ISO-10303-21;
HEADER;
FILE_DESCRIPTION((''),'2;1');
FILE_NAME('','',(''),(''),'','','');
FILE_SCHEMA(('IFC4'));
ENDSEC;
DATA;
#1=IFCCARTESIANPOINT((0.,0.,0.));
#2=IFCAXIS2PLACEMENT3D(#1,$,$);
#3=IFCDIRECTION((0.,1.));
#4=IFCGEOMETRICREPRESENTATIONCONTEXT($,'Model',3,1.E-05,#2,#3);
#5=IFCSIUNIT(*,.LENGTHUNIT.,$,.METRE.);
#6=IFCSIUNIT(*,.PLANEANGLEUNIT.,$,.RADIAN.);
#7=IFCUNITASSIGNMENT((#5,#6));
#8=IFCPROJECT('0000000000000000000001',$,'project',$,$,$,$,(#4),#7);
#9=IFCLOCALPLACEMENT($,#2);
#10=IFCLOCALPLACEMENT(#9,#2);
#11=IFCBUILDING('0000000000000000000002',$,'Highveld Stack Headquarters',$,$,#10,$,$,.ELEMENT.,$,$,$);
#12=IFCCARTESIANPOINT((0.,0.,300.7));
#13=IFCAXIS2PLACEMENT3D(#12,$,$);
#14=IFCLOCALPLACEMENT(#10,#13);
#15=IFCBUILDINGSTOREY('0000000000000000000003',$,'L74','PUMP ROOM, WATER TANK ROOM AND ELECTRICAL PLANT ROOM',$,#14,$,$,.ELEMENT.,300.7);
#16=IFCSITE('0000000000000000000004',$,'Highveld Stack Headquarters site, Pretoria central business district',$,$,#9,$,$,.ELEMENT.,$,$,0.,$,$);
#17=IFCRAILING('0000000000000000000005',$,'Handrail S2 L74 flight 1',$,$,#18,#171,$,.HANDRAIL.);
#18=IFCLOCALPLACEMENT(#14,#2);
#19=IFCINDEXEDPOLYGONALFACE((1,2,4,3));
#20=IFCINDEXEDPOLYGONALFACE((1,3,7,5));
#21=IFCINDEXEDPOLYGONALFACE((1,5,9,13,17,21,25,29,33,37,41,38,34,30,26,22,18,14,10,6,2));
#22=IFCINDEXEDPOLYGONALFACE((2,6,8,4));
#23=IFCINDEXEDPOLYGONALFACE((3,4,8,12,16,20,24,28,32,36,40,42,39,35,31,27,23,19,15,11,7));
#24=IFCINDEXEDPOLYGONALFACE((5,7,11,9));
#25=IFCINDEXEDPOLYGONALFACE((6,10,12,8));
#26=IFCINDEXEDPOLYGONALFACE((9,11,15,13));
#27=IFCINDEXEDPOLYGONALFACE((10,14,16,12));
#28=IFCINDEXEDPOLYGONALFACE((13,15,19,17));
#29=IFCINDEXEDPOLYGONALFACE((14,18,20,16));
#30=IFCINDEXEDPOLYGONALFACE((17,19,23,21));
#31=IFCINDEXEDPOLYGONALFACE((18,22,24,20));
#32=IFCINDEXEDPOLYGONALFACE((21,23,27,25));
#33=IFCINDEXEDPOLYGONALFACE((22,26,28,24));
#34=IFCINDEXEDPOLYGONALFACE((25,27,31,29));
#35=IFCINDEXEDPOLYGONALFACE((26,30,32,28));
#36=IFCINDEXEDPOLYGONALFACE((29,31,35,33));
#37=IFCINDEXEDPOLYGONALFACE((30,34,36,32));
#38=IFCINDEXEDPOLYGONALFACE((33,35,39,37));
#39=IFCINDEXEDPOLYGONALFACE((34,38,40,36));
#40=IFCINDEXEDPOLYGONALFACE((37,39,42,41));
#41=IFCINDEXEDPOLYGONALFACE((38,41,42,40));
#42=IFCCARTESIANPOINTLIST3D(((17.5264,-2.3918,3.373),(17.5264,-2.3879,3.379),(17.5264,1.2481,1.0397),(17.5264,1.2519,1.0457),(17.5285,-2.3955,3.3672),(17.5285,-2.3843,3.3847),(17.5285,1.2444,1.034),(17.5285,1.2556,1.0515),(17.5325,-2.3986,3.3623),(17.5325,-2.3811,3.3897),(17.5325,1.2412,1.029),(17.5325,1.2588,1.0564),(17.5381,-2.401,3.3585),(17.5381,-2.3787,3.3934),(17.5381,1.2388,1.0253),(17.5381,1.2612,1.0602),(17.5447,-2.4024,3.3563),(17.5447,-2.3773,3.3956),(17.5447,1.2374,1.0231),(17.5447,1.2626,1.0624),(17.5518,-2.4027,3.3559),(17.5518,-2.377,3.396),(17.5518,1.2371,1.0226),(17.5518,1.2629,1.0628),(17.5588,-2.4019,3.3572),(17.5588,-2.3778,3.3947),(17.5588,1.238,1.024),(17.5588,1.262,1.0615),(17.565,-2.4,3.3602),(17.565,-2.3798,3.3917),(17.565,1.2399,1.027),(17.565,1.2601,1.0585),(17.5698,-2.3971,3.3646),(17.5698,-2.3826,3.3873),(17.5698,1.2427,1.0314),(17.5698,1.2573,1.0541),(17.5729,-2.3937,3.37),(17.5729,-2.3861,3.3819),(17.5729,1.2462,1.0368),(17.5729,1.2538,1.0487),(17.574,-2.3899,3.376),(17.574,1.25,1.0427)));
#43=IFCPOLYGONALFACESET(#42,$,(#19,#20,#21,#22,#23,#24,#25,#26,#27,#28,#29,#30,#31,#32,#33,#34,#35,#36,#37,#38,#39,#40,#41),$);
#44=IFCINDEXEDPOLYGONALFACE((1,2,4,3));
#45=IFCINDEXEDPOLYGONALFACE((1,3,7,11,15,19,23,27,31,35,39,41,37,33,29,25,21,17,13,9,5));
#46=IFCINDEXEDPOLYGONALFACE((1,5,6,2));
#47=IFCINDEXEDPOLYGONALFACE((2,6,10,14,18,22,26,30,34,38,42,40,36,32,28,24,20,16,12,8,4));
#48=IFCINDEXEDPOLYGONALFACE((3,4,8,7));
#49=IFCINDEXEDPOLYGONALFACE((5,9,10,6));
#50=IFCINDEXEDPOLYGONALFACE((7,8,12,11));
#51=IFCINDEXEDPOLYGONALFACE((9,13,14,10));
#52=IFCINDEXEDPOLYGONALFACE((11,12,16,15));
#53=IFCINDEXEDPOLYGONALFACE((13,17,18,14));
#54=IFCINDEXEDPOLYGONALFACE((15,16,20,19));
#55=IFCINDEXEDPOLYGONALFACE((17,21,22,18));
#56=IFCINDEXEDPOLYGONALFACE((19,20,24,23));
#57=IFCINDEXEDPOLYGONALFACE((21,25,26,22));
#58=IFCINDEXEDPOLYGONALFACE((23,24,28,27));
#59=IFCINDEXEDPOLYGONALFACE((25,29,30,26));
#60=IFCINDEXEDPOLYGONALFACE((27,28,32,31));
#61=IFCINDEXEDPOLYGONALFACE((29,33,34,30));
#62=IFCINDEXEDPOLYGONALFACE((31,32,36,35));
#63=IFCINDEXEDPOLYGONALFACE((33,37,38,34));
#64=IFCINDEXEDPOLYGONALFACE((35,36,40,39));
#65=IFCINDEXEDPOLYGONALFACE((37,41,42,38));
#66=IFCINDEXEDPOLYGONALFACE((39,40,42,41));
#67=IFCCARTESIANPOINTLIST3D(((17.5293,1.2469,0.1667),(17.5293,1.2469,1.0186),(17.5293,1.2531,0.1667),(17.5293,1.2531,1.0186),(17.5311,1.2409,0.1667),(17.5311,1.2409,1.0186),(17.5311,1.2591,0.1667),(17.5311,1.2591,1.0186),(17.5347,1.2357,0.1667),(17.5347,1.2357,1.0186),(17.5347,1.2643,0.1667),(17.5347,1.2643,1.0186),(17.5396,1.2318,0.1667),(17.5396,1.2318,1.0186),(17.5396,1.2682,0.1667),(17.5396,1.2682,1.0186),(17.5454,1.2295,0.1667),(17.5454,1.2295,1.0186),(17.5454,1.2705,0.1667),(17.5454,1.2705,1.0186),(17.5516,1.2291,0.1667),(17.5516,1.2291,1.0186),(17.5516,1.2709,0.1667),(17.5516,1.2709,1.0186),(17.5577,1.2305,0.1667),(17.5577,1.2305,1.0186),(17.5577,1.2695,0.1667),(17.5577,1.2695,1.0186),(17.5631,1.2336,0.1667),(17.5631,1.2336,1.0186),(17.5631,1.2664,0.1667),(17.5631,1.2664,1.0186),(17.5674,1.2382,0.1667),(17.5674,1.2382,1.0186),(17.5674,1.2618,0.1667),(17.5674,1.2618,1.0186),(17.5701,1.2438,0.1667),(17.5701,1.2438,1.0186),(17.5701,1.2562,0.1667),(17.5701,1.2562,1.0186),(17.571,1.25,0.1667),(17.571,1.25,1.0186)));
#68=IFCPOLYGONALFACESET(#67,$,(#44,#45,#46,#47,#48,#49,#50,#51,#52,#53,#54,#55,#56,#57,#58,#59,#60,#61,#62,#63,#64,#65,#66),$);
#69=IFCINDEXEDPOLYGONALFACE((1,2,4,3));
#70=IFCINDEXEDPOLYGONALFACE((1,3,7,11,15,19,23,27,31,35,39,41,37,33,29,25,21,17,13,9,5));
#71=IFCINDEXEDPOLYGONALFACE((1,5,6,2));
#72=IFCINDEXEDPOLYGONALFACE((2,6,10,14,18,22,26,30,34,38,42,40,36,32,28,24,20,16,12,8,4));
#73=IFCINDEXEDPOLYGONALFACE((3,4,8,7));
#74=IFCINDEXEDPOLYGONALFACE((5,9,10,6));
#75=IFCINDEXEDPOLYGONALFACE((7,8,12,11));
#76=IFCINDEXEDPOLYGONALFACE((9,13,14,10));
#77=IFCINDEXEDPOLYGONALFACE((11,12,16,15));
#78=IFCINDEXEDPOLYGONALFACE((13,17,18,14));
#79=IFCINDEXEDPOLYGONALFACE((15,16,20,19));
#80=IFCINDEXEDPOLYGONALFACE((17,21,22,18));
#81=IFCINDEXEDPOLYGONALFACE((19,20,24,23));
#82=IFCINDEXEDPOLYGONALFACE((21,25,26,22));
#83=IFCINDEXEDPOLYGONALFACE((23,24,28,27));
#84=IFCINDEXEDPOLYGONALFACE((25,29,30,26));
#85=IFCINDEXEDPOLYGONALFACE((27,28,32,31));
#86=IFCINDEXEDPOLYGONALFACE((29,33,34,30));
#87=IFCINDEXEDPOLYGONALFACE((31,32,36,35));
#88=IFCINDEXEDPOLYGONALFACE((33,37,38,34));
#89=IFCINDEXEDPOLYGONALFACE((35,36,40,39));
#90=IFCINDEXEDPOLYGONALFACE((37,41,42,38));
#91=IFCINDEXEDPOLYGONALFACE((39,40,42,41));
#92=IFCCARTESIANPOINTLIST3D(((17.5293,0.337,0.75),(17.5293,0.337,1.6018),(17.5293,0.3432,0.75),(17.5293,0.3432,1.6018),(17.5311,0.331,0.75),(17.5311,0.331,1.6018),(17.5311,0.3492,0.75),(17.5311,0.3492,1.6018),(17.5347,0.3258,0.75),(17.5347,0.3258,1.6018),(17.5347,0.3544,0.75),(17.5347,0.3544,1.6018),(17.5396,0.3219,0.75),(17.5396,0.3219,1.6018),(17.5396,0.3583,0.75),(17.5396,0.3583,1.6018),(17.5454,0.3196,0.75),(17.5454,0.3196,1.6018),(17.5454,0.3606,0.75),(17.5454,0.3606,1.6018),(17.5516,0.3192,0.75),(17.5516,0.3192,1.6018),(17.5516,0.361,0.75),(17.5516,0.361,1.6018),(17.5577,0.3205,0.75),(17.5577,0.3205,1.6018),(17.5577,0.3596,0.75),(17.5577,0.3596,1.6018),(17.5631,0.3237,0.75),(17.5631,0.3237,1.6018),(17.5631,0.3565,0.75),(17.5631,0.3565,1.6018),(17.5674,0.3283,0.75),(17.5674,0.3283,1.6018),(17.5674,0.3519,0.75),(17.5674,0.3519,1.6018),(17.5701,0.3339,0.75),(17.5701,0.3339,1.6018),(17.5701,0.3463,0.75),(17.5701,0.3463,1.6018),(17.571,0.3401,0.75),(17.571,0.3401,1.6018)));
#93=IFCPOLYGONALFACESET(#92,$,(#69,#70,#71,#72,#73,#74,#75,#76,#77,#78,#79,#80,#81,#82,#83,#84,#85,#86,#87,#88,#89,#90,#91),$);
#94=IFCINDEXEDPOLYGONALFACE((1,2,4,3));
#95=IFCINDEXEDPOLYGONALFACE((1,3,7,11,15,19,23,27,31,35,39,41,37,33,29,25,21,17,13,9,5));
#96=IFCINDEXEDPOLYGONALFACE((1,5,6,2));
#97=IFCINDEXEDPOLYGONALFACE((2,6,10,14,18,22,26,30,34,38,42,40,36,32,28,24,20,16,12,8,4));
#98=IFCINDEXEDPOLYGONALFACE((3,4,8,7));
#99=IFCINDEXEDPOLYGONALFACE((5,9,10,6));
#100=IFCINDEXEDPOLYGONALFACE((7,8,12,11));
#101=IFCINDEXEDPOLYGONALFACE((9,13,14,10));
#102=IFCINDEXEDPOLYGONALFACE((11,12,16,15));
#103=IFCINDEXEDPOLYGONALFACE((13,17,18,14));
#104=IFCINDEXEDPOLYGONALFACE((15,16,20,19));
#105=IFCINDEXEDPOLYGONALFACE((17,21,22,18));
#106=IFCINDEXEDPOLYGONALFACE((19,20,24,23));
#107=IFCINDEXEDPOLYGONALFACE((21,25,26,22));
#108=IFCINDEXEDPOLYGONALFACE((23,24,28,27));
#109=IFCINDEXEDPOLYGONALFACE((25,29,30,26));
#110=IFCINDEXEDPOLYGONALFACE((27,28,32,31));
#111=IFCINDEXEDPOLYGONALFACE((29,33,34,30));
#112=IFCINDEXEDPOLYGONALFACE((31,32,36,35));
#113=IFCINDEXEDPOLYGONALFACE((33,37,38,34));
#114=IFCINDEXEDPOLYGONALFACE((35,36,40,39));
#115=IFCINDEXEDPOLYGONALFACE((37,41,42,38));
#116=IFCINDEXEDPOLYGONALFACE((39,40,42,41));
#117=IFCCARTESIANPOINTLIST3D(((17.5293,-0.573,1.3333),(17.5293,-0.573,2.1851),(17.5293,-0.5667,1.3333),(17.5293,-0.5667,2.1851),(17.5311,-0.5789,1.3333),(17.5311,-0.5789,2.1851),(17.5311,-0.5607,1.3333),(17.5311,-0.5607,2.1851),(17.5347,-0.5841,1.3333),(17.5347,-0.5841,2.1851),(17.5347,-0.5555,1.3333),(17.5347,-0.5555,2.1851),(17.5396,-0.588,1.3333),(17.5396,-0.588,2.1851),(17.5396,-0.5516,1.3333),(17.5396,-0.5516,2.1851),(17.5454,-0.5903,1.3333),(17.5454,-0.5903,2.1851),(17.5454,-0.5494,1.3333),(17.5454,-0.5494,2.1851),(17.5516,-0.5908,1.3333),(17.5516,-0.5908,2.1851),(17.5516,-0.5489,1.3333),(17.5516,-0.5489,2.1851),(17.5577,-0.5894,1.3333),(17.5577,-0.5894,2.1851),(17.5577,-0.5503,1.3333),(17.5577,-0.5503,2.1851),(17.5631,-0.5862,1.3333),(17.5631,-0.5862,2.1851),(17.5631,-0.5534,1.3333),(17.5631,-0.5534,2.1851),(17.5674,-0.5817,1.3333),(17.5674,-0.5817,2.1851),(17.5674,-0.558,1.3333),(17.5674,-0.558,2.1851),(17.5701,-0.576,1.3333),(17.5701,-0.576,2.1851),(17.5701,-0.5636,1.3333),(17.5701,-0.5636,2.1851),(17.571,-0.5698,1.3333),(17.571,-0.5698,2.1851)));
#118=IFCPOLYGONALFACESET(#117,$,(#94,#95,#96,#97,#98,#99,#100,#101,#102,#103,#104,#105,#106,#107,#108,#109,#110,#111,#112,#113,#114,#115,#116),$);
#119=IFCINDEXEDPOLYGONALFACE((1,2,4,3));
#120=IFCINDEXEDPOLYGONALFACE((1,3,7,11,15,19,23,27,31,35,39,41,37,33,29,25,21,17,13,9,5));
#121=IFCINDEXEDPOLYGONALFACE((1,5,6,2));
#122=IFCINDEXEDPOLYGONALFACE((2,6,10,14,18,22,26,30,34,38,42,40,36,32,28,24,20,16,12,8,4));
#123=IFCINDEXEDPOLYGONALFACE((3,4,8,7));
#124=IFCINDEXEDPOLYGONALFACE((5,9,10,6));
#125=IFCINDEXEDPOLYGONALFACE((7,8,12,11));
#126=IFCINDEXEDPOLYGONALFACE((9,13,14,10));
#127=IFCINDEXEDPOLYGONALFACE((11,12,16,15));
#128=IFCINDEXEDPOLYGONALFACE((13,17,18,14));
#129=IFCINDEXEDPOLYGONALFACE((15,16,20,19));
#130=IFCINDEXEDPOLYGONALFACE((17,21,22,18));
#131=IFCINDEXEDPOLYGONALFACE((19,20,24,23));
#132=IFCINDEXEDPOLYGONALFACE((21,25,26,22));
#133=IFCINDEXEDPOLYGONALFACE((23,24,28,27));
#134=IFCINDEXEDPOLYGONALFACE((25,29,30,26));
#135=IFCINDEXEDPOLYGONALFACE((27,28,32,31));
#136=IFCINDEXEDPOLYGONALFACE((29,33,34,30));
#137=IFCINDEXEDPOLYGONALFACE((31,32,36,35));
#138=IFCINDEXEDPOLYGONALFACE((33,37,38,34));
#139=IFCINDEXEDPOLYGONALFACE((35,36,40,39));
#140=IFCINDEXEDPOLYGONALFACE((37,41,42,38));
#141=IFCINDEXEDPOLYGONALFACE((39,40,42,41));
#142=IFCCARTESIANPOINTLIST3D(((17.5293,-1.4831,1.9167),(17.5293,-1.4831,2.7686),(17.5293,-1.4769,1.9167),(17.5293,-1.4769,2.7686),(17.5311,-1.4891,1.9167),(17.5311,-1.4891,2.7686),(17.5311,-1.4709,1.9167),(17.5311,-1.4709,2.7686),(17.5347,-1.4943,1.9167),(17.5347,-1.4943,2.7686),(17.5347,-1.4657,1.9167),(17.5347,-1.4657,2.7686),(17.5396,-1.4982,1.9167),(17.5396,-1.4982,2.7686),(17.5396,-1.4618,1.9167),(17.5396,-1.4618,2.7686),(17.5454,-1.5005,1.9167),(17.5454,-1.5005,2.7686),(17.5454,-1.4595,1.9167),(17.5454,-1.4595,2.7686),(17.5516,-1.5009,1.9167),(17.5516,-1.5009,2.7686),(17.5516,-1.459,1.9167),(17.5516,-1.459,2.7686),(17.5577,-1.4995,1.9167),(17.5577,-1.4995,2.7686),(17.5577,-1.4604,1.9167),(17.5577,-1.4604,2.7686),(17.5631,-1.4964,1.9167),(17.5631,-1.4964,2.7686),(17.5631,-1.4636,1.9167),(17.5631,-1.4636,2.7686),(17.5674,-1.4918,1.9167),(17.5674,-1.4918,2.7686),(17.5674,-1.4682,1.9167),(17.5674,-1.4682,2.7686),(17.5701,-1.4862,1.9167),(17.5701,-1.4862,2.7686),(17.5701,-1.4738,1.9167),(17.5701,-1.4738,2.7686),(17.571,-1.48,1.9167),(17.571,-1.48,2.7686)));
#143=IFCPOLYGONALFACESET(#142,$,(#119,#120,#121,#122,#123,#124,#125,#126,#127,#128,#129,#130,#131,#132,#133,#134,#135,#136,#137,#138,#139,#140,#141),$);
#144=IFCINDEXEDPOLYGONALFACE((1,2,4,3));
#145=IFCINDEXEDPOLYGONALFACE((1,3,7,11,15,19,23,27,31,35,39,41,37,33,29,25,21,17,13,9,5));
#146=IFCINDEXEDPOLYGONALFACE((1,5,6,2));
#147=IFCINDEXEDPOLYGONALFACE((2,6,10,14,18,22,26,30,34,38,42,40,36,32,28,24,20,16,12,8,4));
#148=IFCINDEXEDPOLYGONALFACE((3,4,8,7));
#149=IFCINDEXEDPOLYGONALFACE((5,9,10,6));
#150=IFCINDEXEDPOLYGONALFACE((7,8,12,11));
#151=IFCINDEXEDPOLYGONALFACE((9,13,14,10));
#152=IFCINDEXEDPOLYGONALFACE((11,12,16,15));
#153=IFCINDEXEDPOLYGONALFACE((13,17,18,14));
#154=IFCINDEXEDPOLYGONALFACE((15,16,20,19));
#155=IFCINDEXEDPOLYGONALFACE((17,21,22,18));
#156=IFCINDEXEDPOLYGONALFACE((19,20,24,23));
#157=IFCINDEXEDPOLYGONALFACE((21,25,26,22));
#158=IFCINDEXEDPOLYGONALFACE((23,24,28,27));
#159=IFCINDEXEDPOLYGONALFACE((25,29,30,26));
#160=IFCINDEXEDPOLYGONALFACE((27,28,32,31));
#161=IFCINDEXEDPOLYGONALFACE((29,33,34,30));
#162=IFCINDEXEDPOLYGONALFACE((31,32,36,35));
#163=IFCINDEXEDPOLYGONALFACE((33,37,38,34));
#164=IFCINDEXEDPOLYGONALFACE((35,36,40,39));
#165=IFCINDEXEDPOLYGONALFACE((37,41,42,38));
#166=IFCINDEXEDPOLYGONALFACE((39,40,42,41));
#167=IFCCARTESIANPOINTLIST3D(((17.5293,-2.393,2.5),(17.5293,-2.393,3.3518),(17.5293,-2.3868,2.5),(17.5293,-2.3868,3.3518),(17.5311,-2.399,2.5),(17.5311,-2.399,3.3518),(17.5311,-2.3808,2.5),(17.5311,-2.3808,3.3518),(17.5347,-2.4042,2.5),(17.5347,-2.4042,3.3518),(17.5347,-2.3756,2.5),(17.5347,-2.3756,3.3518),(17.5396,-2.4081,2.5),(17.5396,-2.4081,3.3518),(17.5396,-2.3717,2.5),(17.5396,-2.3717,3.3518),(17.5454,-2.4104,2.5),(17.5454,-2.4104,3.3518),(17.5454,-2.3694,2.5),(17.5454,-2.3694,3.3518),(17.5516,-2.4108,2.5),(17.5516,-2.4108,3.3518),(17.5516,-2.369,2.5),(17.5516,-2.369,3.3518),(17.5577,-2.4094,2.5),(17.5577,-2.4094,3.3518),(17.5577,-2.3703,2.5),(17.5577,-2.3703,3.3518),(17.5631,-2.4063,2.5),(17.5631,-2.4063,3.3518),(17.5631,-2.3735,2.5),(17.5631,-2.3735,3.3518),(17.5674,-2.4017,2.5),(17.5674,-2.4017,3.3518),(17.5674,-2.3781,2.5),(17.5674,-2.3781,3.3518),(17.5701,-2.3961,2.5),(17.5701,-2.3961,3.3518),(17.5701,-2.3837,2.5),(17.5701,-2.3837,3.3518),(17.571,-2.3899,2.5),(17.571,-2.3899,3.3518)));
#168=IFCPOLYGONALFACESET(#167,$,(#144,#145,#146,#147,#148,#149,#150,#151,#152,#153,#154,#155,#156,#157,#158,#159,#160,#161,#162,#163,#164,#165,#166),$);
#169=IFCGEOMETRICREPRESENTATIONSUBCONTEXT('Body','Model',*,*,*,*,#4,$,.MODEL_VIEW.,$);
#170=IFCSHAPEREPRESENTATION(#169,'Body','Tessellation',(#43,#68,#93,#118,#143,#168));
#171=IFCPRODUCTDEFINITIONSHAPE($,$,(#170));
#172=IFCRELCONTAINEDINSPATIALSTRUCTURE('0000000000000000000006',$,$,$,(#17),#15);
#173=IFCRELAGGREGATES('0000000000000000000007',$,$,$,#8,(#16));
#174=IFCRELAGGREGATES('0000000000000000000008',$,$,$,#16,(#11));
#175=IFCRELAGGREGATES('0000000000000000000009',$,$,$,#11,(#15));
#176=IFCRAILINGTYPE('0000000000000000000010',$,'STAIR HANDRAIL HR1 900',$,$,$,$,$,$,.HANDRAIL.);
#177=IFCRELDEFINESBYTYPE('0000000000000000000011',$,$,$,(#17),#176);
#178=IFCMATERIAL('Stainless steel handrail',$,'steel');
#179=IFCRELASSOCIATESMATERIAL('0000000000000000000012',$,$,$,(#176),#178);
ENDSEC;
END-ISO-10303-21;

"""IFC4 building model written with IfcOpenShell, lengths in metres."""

from ifc_helpers import new_model, si_unit, direction, frame, origin, origin_2d, place, context, subcontext, project, spatial, circle, extrude, material, type_object, element, save


model = new_model("IFC4")

# Units and contexts
model_context = context("Model", 3, precision=1e-05, world=origin(), true_north=direction((0.0, 1.0)))
body_context = subcontext(model_context, "Body", "Model", "MODEL_VIEW")
ifc_project = project(units=[si_unit("LENGTHUNIT", "METRE"), si_unit("PLANEANGLEUNIT", "RADIAN")], contexts=[model_context])

# Site, building, storey
site_placement = place(None, origin())
site = spatial("IfcSite", under=ifc_project, at=site_placement, Name="Highveld Stack Headquarters site, Pretoria central business district", CompositionType="ELEMENT", RefElevation=0.0)
building_placement = place(site_placement, origin())
building = spatial("IfcBuilding", under=site, at=building_placement, Name="Highveld Stack Headquarters", CompositionType="ELEMENT")
storey_placement = place(building_placement, frame((0.0, 0.0, 300.7)))
storey = spatial("IfcBuildingStorey", under=building, at=storey_placement, Name="L74", Description="PUMP ROOM, WATER TANK ROOM AND ELECTRICAL PLANT ROOM", CompositionType="ELEMENT", Elevation=300.7)

# Railing
ifc_material_1 = material(Name="Stainless steel handrail", Category="steel")
railing_type = type_object("IfcRailingType", Name="STAIR HANDRAIL HR1 900", PredefinedType="HANDRAIL", material=ifc_material_1)
for number, where, name in (
    (1, (17.55, 1.25, 0.1667), "Handrail S2 L74 flight 1"),
):
    element("IfcRailing", number, at=place(storey_placement, frame(where)), inside=storey, type_object=railing_type, Name=name, PredefinedType="HANDRAIL", context=body_context, shape_type="SweptSolid", body=[
        extrude(circle(Radius=0.0239, at=origin_2d()), frame((0.0, 0.0, 0.876), z_axis=(0.0, -0.84188, 0.539664), x_axis=(1.0, 0.0, 0.0)), (0.0, 0.0, 1.0), 4.3235),
        extrude(circle(Radius=0.021, at=origin_2d()), origin(), (0.0, 0.0, 1.0), 0.8518),
        extrude(circle(Radius=0.021, at=origin_2d()), frame((0.0, -0.9099, 0.5833)), (0.0, 0.0, 1.0), 0.8518),
        extrude(circle(Radius=0.021, at=origin_2d()), frame((0.0, -1.8198, 1.1665)), (0.0, 0.0, 1.0), 0.8518),
        extrude(circle(Radius=0.021, at=origin_2d()), frame((0.0, -2.73, 1.75)), (0.0, 0.0, 1.0), 0.8518),
        extrude(circle(Radius=0.021, at=origin_2d()), frame((0.0, -3.6399, 2.3333)), (0.0, 0.0, 1.0), 0.8518),
    ])

save(model, "model.ifc")
